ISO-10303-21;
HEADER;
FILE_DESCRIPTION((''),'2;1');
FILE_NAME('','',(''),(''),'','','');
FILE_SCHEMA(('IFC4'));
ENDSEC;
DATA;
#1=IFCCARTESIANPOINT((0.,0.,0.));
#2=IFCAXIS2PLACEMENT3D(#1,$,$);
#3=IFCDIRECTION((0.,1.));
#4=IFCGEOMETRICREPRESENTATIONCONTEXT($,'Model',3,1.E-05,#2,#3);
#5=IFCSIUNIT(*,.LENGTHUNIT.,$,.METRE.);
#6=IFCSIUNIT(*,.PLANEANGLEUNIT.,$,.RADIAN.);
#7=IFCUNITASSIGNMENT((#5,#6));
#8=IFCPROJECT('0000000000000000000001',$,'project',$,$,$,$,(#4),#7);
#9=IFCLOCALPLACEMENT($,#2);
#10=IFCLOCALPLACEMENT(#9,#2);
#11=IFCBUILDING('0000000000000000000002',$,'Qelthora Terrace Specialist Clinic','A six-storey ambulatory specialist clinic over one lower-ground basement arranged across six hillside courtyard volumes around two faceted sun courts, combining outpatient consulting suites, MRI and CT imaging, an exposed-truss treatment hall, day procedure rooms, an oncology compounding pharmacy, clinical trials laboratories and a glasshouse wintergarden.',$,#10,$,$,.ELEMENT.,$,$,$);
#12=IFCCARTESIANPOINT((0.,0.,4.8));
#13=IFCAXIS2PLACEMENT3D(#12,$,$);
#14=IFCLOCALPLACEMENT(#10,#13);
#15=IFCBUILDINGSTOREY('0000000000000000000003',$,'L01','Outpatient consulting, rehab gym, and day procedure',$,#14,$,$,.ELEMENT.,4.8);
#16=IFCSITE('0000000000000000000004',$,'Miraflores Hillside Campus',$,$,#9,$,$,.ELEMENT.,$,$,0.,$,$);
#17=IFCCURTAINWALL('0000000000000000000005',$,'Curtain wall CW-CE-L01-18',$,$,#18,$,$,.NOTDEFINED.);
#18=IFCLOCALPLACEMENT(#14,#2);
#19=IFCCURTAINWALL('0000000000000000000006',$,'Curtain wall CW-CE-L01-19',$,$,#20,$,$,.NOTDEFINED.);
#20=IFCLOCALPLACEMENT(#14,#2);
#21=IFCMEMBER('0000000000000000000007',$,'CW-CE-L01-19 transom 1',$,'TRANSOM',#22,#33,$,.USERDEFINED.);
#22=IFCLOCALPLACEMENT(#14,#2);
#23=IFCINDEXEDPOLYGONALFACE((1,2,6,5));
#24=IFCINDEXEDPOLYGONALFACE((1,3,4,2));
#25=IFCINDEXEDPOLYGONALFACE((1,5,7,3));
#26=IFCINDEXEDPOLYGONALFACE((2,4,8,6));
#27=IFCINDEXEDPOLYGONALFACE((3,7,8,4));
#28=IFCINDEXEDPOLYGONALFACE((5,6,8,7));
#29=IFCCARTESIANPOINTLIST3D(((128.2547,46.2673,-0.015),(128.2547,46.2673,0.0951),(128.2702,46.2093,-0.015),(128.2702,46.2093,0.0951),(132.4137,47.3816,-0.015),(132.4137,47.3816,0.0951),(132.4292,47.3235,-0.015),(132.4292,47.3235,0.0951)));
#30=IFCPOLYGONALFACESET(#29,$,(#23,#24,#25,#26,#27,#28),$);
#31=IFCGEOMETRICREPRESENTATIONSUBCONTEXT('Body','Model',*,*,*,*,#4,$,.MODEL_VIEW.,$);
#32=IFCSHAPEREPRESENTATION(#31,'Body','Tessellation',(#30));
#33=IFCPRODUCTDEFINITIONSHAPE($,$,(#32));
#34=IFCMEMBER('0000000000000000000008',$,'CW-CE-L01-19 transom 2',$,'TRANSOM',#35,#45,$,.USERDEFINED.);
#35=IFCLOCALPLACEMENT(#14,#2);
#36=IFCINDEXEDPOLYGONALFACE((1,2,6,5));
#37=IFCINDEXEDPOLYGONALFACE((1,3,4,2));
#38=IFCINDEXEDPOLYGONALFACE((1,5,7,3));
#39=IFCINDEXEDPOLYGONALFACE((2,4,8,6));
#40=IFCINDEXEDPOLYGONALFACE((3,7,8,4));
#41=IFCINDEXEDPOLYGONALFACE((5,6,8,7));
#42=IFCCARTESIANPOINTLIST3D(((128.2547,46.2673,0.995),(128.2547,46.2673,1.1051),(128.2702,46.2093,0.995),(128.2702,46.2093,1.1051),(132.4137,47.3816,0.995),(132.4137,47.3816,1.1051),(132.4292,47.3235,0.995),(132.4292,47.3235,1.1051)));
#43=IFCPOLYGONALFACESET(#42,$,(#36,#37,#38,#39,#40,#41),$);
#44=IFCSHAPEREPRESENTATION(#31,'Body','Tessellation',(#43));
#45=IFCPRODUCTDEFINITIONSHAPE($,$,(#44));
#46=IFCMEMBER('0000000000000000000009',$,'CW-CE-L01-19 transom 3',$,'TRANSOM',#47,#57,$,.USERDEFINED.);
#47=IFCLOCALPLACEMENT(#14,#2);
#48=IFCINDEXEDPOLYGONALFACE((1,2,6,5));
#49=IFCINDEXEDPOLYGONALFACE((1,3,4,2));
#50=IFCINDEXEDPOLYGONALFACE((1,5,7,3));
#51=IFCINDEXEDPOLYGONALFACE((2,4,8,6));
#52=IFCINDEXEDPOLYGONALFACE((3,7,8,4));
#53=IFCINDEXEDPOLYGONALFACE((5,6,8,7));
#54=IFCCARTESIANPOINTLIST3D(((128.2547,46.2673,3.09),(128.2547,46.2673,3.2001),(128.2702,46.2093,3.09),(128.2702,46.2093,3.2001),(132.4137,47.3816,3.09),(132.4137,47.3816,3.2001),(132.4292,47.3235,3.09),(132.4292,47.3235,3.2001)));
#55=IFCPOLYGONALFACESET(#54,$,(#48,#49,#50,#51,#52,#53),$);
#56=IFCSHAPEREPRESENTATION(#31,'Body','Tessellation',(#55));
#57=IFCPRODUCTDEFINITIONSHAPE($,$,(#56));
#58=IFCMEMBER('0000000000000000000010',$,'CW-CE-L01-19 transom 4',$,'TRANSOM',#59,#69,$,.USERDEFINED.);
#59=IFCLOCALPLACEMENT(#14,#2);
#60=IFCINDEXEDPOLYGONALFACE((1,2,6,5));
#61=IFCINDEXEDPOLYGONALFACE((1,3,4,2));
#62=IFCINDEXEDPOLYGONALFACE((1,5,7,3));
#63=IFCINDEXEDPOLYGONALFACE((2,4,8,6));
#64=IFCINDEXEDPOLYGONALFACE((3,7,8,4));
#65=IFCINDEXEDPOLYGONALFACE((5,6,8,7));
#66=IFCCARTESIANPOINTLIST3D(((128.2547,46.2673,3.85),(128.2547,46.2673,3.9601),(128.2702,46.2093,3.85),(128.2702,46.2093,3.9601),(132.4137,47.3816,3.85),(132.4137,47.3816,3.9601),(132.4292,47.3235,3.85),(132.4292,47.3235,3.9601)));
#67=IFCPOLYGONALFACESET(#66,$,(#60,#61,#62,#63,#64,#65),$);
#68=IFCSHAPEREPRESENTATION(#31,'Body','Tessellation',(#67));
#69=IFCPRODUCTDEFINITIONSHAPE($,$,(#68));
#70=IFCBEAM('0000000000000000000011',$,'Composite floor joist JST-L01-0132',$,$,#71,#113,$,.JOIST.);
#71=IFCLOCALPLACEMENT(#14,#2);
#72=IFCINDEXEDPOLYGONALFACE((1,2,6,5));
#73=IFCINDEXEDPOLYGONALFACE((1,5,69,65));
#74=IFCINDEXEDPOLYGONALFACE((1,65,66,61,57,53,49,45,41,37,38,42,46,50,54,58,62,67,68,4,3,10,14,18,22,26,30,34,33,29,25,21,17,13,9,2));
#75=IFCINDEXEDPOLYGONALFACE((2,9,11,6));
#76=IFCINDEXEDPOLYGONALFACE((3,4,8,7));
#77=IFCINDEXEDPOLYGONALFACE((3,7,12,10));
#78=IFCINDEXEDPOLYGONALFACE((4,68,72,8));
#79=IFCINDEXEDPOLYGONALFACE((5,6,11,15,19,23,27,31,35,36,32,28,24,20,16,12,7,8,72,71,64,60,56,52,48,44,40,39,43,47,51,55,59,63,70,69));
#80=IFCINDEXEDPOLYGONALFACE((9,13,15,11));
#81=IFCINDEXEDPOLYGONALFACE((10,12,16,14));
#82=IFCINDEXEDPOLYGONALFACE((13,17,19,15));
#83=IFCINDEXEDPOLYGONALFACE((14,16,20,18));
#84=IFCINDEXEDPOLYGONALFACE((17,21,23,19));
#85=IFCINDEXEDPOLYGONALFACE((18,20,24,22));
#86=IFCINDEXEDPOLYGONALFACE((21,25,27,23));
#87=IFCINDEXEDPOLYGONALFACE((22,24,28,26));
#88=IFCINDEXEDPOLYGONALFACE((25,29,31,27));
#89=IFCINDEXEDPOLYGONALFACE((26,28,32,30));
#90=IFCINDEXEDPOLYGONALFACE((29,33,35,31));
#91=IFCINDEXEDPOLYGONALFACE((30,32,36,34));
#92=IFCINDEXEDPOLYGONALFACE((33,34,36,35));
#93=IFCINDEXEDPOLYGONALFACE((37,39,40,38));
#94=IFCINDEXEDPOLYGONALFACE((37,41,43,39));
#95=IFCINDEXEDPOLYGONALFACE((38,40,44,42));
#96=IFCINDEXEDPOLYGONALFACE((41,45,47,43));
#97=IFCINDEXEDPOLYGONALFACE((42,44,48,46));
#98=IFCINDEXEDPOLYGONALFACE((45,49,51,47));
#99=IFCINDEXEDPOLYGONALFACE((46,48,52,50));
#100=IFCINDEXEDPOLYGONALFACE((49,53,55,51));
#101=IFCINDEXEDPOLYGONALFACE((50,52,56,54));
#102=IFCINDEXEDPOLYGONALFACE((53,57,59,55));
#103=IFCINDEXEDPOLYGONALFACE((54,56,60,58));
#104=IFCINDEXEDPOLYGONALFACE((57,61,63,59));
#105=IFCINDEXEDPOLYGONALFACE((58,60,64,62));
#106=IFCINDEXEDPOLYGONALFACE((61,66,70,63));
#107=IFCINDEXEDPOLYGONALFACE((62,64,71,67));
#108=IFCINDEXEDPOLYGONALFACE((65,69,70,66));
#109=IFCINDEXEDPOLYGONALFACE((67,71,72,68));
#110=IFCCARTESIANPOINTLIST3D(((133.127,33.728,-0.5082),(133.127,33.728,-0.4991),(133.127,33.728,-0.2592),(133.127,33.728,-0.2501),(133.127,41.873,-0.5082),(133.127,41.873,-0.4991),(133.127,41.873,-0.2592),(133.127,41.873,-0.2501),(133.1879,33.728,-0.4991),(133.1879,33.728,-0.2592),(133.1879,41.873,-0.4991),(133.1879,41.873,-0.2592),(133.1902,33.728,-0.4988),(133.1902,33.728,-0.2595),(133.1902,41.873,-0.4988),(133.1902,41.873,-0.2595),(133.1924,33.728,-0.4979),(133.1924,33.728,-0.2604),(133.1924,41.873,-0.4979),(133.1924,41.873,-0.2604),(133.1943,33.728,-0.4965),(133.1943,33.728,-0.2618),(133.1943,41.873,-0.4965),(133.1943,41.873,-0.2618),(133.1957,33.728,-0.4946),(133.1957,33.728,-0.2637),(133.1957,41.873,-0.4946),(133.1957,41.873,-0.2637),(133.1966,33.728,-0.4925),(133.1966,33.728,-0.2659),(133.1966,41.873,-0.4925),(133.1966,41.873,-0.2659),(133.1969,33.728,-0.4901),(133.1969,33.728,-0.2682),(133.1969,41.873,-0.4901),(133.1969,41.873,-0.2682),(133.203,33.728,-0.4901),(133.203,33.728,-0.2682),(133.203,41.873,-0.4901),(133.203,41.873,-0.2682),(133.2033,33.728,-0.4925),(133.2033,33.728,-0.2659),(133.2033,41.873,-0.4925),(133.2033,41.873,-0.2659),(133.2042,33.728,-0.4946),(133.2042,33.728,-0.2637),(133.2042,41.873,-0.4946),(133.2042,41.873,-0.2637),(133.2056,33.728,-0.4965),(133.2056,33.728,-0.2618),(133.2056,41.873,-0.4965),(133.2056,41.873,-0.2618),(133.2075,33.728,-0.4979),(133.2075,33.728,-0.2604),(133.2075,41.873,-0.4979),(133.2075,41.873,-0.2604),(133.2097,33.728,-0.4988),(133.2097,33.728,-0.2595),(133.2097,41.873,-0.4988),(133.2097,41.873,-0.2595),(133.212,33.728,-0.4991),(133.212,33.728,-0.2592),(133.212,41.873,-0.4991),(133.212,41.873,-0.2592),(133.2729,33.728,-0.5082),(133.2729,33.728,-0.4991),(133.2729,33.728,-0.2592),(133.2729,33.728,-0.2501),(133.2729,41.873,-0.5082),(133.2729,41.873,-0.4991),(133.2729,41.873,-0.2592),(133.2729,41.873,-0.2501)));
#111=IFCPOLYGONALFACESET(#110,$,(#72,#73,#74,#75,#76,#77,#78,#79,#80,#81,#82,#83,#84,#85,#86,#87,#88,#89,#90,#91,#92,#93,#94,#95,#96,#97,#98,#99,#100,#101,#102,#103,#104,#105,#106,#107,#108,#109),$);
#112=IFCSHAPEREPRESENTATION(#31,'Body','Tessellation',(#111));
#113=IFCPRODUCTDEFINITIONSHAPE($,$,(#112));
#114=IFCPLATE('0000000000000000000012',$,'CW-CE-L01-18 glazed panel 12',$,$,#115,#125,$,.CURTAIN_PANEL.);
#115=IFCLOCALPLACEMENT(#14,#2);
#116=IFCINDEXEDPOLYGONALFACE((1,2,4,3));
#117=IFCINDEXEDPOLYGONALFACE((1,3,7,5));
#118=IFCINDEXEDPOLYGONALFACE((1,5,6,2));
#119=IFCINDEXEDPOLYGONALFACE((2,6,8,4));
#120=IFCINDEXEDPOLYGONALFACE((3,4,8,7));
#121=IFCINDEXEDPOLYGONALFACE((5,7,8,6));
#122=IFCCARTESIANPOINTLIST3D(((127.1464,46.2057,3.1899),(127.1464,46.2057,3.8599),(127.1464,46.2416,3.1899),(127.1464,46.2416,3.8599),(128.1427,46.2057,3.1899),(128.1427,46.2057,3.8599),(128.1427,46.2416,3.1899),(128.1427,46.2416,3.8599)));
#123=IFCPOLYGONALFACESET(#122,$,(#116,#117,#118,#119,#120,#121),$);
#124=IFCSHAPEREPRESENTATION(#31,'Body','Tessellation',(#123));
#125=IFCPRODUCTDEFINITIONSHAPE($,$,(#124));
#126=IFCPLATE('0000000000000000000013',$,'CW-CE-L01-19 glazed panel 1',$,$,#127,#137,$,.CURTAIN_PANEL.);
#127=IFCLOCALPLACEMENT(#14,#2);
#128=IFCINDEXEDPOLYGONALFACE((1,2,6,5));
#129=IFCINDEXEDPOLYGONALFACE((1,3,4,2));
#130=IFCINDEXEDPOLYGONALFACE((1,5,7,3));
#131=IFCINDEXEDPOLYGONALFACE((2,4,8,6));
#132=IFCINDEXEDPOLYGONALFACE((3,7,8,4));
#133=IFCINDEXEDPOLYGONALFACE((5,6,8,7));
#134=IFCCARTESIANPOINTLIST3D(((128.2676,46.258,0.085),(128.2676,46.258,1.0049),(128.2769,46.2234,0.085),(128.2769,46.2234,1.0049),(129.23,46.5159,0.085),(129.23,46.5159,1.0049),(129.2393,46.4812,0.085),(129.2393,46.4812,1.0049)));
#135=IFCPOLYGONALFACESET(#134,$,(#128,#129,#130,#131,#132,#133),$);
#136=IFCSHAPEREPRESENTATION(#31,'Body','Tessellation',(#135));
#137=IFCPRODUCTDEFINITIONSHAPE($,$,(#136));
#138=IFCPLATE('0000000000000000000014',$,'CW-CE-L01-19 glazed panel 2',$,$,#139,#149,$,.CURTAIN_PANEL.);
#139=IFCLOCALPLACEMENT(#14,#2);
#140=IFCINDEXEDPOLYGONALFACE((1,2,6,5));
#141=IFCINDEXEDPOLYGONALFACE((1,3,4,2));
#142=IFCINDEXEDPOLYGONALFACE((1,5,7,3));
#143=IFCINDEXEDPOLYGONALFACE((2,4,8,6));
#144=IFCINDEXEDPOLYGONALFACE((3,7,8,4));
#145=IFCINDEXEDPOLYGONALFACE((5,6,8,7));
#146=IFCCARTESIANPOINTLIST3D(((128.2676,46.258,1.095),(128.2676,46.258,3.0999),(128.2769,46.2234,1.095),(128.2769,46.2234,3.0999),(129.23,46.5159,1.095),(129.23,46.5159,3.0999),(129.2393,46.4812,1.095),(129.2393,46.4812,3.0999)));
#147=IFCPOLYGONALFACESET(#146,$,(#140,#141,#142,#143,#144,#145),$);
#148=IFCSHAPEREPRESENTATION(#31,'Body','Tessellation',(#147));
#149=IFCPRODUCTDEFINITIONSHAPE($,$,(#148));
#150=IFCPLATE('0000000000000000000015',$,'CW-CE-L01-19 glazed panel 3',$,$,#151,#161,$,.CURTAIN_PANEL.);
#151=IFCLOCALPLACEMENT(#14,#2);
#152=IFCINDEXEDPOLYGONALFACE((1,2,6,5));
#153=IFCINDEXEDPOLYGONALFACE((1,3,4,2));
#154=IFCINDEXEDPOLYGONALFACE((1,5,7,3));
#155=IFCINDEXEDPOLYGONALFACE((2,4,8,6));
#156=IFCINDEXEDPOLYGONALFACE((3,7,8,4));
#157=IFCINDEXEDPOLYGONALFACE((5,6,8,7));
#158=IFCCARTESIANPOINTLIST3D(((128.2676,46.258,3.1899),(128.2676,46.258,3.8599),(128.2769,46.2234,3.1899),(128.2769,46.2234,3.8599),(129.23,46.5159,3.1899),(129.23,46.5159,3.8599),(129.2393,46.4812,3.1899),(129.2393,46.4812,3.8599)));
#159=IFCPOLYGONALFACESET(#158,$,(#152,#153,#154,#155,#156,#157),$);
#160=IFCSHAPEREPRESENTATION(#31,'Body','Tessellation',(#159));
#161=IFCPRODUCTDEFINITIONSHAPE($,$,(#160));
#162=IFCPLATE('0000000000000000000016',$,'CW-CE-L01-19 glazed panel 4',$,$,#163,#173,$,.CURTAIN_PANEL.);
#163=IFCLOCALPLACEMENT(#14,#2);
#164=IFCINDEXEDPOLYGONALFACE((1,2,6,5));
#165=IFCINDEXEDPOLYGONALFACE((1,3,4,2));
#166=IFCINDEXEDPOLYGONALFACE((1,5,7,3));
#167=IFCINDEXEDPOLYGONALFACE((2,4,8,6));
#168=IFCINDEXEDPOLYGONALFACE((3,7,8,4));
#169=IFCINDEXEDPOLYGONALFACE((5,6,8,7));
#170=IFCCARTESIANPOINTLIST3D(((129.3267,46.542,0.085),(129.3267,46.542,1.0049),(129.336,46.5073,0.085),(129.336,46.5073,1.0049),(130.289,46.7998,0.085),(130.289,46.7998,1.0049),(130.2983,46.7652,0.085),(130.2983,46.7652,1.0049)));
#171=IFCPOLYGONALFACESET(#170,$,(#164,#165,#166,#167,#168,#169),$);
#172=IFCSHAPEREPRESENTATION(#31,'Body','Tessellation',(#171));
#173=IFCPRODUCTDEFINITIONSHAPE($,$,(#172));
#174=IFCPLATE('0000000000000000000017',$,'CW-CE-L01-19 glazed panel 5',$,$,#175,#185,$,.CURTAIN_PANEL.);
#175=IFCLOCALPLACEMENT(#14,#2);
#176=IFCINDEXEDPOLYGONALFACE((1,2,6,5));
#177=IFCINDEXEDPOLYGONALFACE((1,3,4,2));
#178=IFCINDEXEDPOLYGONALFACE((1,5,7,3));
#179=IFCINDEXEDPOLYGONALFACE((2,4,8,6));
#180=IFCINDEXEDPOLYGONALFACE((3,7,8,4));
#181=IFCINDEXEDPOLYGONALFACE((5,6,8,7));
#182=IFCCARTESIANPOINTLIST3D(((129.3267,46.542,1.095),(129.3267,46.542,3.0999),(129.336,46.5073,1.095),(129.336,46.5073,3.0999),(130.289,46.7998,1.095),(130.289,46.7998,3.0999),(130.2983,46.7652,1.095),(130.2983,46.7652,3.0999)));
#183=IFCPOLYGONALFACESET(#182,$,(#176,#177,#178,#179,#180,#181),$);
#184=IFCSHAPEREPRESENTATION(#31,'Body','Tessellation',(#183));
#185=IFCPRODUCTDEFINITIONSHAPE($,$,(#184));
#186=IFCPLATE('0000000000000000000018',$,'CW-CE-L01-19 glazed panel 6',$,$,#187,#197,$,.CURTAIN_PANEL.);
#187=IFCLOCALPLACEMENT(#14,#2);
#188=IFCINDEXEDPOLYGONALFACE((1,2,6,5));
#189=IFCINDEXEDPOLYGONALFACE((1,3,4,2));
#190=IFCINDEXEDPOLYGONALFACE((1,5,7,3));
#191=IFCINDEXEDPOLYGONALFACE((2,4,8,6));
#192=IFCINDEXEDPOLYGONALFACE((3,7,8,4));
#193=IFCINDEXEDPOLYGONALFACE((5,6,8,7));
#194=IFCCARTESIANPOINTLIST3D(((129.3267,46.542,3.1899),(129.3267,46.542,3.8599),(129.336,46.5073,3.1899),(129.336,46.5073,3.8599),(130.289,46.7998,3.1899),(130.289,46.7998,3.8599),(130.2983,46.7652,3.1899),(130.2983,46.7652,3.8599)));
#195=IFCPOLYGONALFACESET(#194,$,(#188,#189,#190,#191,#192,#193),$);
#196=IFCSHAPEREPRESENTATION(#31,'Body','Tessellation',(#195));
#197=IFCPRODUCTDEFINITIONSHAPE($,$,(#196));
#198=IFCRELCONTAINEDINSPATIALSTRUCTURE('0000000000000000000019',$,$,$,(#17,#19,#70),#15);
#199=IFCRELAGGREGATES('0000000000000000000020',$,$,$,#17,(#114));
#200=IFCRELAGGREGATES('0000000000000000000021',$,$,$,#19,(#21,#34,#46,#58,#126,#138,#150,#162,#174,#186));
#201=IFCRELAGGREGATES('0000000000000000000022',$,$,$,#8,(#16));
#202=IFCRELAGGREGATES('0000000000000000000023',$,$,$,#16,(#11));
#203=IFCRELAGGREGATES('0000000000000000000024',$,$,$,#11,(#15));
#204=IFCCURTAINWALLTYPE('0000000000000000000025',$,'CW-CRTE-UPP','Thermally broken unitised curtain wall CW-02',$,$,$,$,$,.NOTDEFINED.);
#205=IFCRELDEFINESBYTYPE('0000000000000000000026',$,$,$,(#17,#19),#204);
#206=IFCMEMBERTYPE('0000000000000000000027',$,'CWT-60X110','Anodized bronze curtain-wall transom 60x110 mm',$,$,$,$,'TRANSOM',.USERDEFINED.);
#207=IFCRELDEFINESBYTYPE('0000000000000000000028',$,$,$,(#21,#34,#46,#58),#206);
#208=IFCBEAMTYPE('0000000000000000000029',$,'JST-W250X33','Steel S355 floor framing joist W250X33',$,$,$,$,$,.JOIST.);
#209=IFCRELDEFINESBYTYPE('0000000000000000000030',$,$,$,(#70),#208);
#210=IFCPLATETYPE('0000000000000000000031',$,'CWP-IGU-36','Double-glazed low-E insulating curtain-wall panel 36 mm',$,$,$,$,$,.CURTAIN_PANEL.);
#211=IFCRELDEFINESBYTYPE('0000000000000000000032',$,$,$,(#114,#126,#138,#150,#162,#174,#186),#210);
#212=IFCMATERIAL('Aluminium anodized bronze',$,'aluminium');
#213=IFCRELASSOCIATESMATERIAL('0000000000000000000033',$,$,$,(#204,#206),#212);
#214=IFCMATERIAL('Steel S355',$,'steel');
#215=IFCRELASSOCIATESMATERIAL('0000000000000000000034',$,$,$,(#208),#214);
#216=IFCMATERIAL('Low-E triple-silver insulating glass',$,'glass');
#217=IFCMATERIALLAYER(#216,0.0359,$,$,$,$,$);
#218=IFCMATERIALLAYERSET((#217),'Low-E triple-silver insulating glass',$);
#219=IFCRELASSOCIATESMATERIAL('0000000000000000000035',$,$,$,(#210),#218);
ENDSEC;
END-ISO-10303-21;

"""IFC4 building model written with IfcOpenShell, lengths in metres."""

from ifc_helpers import new_model, si_unit, direction, frame, origin, origin_2d, place, context, subcontext, project, spatial, rectangle, i_section, extrude, material, layer, layer_set, material_profile, profile_set, type_object, element, aggregate, save


model = new_model("IFC4")

# Units and contexts
model_context = context("Model", 3, precision=1e-05, world=origin(), true_north=direction((0.0, 1.0)))
body_context = subcontext(model_context, "Body", "Model", "MODEL_VIEW")
ifc_project = project(units=[si_unit("LENGTHUNIT", "METRE"), si_unit("PLANEANGLEUNIT", "RADIAN")], contexts=[model_context])

# Site, building, storey
site_placement = place(None, origin())
site = spatial("IfcSite", under=ifc_project, at=site_placement, Name="Miraflores Hillside Campus", CompositionType="ELEMENT", RefElevation=0.0)
building_placement = place(site_placement, origin())
building = spatial("IfcBuilding", under=site, at=building_placement, Name="Qelthora Terrace Specialist Clinic", Description="A six-storey ambulatory specialist clinic over one lower-ground basement arranged across six hillside courtyard volumes around two faceted sun courts, combining outpatient consulting suites, MRI and CT imaging, an exposed-truss treatment hall, day procedure rooms, an oncology compounding pharmacy, clinical trials laboratories and a glasshouse wintergarden.", CompositionType="ELEMENT")
storey_placement = place(building_placement, frame((0.0, 0.0, 4.8)))
storey = spatial("IfcBuildingStorey", under=building, at=storey_placement, Name="L01", Description="Outpatient consulting, rehab gym, and day procedure", CompositionType="ELEMENT", Elevation=4.8)

# Shared definitions
ifc_material_1 = material(Name="Steel S355", Category="steel")

# Curtain wall
ifc_material_2 = material(Name="Aluminium anodized bronze", Category="aluminium")
curtain_wall_type = type_object("IfcCurtainWallType", Name="CW-CRTE-UPP", Description="Thermally broken unitised curtain wall CW-02", PredefinedType="NOTDEFINED", material=ifc_material_2)
curtain_wall_1_placement = place(storey_placement, origin())
curtain_wall_1 = element("IfcCurtainWall", 1, at=curtain_wall_1_placement, inside=storey, type_object=curtain_wall_type, Name="Curtain wall CW-CE-L01-18", PredefinedType="NOTDEFINED")

# Curtain wall, members
curtain_wall_2_placement = place(storey_placement, origin())
curtain_wall_2 = element("IfcCurtainWall", 2, at=curtain_wall_2_placement, inside=storey, type_object=curtain_wall_type, Name="Curtain wall CW-CE-L01-19", PredefinedType="NOTDEFINED")
ifc_material_profile_1 = material_profile(ifc_material_2, rectangle(XDim=0.0601, YDim=0.1101, at=origin_2d()), Name="CWT60X110")
ifc_profile_set_1 = profile_set([ifc_material_profile_1], Name="Aluminium anodized bronze")
member_type_1 = type_object("IfcMemberType", Name="CWT-60X110", Description="Anodized bronze curtain-wall transom 60x110 mm", ElementType="TRANSOM", PredefinedType="USERDEFINED", material=ifc_profile_set_1)
member_1_placement = place(storey_placement, frame((128.2625, 46.2383, 0.04), z_axis=(0.965933, 0.258792, 0.0), x_axis=(-0.258792, 0.965933, 0.0)))
member_1 = element("IfcMember", 3, at=member_1_placement, type_object=member_type_1, Name="CW-CE-L01-19 transom 1", ObjectType="TRANSOM", PredefinedType="USERDEFINED", context=body_context, shape_type="SweptSolid", body=[
    extrude(rectangle(XDim=0.0601, YDim=0.1101, at=origin_2d()), origin(), (0.0, 0.0, 1.0), 4.3057),
])
member_2_placement = place(storey_placement, frame((128.2625, 46.2383, 1.05), z_axis=(0.965933, 0.258792, 0.0), x_axis=(-0.258792, 0.965933, 0.0)))
member_2 = element("IfcMember", 4, at=member_2_placement, type_object=member_type_1, Name="CW-CE-L01-19 transom 2", ObjectType="TRANSOM", PredefinedType="USERDEFINED", context=body_context, shape_type="SweptSolid", body=[
    extrude(rectangle(XDim=0.0601, YDim=0.1101, at=origin_2d()), origin(), (0.0, 0.0, 1.0), 4.3057),
])
member_3_placement = place(storey_placement, frame((128.2625, 46.2383, 3.145), z_axis=(0.965933, 0.258792, 0.0), x_axis=(-0.258792, 0.965933, 0.0)))
member_3 = element("IfcMember", 5, at=member_3_placement, type_object=member_type_1, Name="CW-CE-L01-19 transom 3", ObjectType="TRANSOM", PredefinedType="USERDEFINED", context=body_context, shape_type="SweptSolid", body=[
    extrude(rectangle(XDim=0.0601, YDim=0.1101, at=origin_2d()), origin(), (0.0, 0.0, 1.0), 4.3057),
])
member_4_placement = place(storey_placement, frame((128.2625, 46.2383, 3.905), z_axis=(0.965933, 0.258792, 0.0), x_axis=(-0.258792, 0.965933, 0.0)))
member_4 = element("IfcMember", 6, at=member_4_placement, type_object=member_type_1, Name="CW-CE-L01-19 transom 4", ObjectType="TRANSOM", PredefinedType="USERDEFINED", context=body_context, shape_type="SweptSolid", body=[
    extrude(rectangle(XDim=0.0601, YDim=0.1101, at=origin_2d()), origin(), (0.0, 0.0, 1.0), 4.3057),
])

# Beam
ifc_material_profile_2 = material_profile(ifc_material_1, i_section(OverallWidth=0.146, OverallDepth=0.2581, WebThickness=0.0061, FlangeThickness=0.009, FilletRadius=0.009, at=origin_2d()), Name="W250X33")
ifc_profile_set_2 = profile_set([ifc_material_profile_2], Name="Steel S355")
beam_type_1 = type_object("IfcBeamType", Name="JST-W250X33", Description="Steel S355 floor framing joist W250X33", PredefinedType="JOIST", material=ifc_profile_set_2)
beam_1_placement = place(storey_placement, frame((133.2, 33.728, -0.3792), z_axis=(0.0, 1.0, 0.0), x_axis=(-1.0, 0.0, 0.0)))
element("IfcBeam", 7, at=beam_1_placement, inside=storey, type_object=beam_type_1, Name="Composite floor joist JST-L01-0132", PredefinedType="JOIST", context=body_context, shape_type="SweptSolid", body=[
    extrude(i_section(OverallWidth=0.146, OverallDepth=0.2581, WebThickness=0.0061, FlangeThickness=0.009, FilletRadius=0.009, at=origin_2d()), origin(), (0.0, 0.0, 1.0), 8.145),
])

# Plates
ifc_material_3 = material(Name="Low-E triple-silver insulating glass", Category="glass")
ifc_layer_1 = layer(ifc_material_3, 0.0359)
ifc_layer_set_1 = layer_set([ifc_layer_1], Name="Low-E triple-silver insulating glass")
plate_type = type_object("IfcPlateType", Name="CWP-IGU-36", Description="Double-glazed low-E insulating curtain-wall panel 36 mm", PredefinedType="CURTAIN_PANEL", material=ifc_layer_set_1)
plate_1_placement = place(storey_placement, frame((127.6445, 46.2236, 3.1899), z_axis=(0.0, 0.0, 1.0), x_axis=(1.0, 0.0, 0.0)))
plate_1 = element("IfcPlate", 8, at=plate_1_placement, type_object=plate_type, Name="CW-CE-L01-18 glazed panel 12", PredefinedType="CURTAIN_PANEL", context=body_context, shape_type="SweptSolid", body=[
    extrude(rectangle(XDim=0.9963, YDim=0.0359, at=origin_2d()), origin(), (0.0, 0.0, 1.0), 0.6699),
])
aggregate(curtain_wall_1, [plate_1])
plate_2_placement = place(storey_placement, frame((128.7534, 46.3696, 0.085), z_axis=(0.0, 0.0, 1.0), x_axis=(0.965926, 0.258819, 0.0)))
plate_2 = element("IfcPlate", 9, at=plate_2_placement, type_object=plate_type, Name="CW-CE-L01-19 glazed panel 1", PredefinedType="CURTAIN_PANEL", context=body_context, shape_type="SweptSolid", body=[
    extrude(rectangle(XDim=0.9963, YDim=0.0359, at=origin_2d()), origin(), (0.0, 0.0, 1.0), 0.9199),
])
plate_3_placement = place(storey_placement, frame((128.7534, 46.3696, 1.095), z_axis=(0.0, 0.0, 1.0), x_axis=(0.965926, 0.258819, 0.0)))
plate_3 = element("IfcPlate", 10, at=plate_3_placement, type_object=plate_type, Name="CW-CE-L01-19 glazed panel 2", PredefinedType="CURTAIN_PANEL", context=body_context, shape_type="SweptSolid", body=[
    extrude(rectangle(XDim=0.9963, YDim=0.0359, at=origin_2d()), origin(), (0.0, 0.0, 1.0), 2.0049),
])
plate_4_placement = place(storey_placement, frame((128.7534, 46.3696, 3.1899), z_axis=(0.0, 0.0, 1.0), x_axis=(0.965926, 0.258819, 0.0)))
plate_4 = element("IfcPlate", 11, at=plate_4_placement, type_object=plate_type, Name="CW-CE-L01-19 glazed panel 3", PredefinedType="CURTAIN_PANEL", context=body_context, shape_type="SweptSolid", body=[
    extrude(rectangle(XDim=0.9963, YDim=0.0359, at=origin_2d()), origin(), (0.0, 0.0, 1.0), 0.6699),
])
plate_5_placement = place(storey_placement, frame((129.8125, 46.6536, 0.085), z_axis=(0.0, 0.0, 1.0), x_axis=(0.965926, 0.258819, 0.0)))
plate_5 = element("IfcPlate", 12, at=plate_5_placement, type_object=plate_type, Name="CW-CE-L01-19 glazed panel 4", PredefinedType="CURTAIN_PANEL", context=body_context, shape_type="SweptSolid", body=[
    extrude(rectangle(XDim=0.9963, YDim=0.0359, at=origin_2d()), origin(), (0.0, 0.0, 1.0), 0.9199),
])
plate_6_placement = place(storey_placement, frame((129.8125, 46.6536, 1.095), z_axis=(0.0, 0.0, 1.0), x_axis=(0.965926, 0.258819, 0.0)))
plate_6 = element("IfcPlate", 13, at=plate_6_placement, type_object=plate_type, Name="CW-CE-L01-19 glazed panel 5", PredefinedType="CURTAIN_PANEL", context=body_context, shape_type="SweptSolid", body=[
    extrude(rectangle(XDim=0.9963, YDim=0.0359, at=origin_2d()), origin(), (0.0, 0.0, 1.0), 2.0049),
])
plate_7_placement = place(storey_placement, frame((129.8125, 46.6536, 3.1899), z_axis=(0.0, 0.0, 1.0), x_axis=(0.965926, 0.258819, 0.0)))
plate_7 = element("IfcPlate", 14, at=plate_7_placement, type_object=plate_type, Name="CW-CE-L01-19 glazed panel 6", PredefinedType="CURTAIN_PANEL", context=body_context, shape_type="SweptSolid", body=[
    extrude(rectangle(XDim=0.9963, YDim=0.0359, at=origin_2d()), origin(), (0.0, 0.0, 1.0), 0.6699),
])
aggregate(curtain_wall_2, [member_1, member_2, member_3, member_4, plate_2, plate_3, plate_4, plate_5, plate_6, plate_7])

save(model, "model.ifc")
